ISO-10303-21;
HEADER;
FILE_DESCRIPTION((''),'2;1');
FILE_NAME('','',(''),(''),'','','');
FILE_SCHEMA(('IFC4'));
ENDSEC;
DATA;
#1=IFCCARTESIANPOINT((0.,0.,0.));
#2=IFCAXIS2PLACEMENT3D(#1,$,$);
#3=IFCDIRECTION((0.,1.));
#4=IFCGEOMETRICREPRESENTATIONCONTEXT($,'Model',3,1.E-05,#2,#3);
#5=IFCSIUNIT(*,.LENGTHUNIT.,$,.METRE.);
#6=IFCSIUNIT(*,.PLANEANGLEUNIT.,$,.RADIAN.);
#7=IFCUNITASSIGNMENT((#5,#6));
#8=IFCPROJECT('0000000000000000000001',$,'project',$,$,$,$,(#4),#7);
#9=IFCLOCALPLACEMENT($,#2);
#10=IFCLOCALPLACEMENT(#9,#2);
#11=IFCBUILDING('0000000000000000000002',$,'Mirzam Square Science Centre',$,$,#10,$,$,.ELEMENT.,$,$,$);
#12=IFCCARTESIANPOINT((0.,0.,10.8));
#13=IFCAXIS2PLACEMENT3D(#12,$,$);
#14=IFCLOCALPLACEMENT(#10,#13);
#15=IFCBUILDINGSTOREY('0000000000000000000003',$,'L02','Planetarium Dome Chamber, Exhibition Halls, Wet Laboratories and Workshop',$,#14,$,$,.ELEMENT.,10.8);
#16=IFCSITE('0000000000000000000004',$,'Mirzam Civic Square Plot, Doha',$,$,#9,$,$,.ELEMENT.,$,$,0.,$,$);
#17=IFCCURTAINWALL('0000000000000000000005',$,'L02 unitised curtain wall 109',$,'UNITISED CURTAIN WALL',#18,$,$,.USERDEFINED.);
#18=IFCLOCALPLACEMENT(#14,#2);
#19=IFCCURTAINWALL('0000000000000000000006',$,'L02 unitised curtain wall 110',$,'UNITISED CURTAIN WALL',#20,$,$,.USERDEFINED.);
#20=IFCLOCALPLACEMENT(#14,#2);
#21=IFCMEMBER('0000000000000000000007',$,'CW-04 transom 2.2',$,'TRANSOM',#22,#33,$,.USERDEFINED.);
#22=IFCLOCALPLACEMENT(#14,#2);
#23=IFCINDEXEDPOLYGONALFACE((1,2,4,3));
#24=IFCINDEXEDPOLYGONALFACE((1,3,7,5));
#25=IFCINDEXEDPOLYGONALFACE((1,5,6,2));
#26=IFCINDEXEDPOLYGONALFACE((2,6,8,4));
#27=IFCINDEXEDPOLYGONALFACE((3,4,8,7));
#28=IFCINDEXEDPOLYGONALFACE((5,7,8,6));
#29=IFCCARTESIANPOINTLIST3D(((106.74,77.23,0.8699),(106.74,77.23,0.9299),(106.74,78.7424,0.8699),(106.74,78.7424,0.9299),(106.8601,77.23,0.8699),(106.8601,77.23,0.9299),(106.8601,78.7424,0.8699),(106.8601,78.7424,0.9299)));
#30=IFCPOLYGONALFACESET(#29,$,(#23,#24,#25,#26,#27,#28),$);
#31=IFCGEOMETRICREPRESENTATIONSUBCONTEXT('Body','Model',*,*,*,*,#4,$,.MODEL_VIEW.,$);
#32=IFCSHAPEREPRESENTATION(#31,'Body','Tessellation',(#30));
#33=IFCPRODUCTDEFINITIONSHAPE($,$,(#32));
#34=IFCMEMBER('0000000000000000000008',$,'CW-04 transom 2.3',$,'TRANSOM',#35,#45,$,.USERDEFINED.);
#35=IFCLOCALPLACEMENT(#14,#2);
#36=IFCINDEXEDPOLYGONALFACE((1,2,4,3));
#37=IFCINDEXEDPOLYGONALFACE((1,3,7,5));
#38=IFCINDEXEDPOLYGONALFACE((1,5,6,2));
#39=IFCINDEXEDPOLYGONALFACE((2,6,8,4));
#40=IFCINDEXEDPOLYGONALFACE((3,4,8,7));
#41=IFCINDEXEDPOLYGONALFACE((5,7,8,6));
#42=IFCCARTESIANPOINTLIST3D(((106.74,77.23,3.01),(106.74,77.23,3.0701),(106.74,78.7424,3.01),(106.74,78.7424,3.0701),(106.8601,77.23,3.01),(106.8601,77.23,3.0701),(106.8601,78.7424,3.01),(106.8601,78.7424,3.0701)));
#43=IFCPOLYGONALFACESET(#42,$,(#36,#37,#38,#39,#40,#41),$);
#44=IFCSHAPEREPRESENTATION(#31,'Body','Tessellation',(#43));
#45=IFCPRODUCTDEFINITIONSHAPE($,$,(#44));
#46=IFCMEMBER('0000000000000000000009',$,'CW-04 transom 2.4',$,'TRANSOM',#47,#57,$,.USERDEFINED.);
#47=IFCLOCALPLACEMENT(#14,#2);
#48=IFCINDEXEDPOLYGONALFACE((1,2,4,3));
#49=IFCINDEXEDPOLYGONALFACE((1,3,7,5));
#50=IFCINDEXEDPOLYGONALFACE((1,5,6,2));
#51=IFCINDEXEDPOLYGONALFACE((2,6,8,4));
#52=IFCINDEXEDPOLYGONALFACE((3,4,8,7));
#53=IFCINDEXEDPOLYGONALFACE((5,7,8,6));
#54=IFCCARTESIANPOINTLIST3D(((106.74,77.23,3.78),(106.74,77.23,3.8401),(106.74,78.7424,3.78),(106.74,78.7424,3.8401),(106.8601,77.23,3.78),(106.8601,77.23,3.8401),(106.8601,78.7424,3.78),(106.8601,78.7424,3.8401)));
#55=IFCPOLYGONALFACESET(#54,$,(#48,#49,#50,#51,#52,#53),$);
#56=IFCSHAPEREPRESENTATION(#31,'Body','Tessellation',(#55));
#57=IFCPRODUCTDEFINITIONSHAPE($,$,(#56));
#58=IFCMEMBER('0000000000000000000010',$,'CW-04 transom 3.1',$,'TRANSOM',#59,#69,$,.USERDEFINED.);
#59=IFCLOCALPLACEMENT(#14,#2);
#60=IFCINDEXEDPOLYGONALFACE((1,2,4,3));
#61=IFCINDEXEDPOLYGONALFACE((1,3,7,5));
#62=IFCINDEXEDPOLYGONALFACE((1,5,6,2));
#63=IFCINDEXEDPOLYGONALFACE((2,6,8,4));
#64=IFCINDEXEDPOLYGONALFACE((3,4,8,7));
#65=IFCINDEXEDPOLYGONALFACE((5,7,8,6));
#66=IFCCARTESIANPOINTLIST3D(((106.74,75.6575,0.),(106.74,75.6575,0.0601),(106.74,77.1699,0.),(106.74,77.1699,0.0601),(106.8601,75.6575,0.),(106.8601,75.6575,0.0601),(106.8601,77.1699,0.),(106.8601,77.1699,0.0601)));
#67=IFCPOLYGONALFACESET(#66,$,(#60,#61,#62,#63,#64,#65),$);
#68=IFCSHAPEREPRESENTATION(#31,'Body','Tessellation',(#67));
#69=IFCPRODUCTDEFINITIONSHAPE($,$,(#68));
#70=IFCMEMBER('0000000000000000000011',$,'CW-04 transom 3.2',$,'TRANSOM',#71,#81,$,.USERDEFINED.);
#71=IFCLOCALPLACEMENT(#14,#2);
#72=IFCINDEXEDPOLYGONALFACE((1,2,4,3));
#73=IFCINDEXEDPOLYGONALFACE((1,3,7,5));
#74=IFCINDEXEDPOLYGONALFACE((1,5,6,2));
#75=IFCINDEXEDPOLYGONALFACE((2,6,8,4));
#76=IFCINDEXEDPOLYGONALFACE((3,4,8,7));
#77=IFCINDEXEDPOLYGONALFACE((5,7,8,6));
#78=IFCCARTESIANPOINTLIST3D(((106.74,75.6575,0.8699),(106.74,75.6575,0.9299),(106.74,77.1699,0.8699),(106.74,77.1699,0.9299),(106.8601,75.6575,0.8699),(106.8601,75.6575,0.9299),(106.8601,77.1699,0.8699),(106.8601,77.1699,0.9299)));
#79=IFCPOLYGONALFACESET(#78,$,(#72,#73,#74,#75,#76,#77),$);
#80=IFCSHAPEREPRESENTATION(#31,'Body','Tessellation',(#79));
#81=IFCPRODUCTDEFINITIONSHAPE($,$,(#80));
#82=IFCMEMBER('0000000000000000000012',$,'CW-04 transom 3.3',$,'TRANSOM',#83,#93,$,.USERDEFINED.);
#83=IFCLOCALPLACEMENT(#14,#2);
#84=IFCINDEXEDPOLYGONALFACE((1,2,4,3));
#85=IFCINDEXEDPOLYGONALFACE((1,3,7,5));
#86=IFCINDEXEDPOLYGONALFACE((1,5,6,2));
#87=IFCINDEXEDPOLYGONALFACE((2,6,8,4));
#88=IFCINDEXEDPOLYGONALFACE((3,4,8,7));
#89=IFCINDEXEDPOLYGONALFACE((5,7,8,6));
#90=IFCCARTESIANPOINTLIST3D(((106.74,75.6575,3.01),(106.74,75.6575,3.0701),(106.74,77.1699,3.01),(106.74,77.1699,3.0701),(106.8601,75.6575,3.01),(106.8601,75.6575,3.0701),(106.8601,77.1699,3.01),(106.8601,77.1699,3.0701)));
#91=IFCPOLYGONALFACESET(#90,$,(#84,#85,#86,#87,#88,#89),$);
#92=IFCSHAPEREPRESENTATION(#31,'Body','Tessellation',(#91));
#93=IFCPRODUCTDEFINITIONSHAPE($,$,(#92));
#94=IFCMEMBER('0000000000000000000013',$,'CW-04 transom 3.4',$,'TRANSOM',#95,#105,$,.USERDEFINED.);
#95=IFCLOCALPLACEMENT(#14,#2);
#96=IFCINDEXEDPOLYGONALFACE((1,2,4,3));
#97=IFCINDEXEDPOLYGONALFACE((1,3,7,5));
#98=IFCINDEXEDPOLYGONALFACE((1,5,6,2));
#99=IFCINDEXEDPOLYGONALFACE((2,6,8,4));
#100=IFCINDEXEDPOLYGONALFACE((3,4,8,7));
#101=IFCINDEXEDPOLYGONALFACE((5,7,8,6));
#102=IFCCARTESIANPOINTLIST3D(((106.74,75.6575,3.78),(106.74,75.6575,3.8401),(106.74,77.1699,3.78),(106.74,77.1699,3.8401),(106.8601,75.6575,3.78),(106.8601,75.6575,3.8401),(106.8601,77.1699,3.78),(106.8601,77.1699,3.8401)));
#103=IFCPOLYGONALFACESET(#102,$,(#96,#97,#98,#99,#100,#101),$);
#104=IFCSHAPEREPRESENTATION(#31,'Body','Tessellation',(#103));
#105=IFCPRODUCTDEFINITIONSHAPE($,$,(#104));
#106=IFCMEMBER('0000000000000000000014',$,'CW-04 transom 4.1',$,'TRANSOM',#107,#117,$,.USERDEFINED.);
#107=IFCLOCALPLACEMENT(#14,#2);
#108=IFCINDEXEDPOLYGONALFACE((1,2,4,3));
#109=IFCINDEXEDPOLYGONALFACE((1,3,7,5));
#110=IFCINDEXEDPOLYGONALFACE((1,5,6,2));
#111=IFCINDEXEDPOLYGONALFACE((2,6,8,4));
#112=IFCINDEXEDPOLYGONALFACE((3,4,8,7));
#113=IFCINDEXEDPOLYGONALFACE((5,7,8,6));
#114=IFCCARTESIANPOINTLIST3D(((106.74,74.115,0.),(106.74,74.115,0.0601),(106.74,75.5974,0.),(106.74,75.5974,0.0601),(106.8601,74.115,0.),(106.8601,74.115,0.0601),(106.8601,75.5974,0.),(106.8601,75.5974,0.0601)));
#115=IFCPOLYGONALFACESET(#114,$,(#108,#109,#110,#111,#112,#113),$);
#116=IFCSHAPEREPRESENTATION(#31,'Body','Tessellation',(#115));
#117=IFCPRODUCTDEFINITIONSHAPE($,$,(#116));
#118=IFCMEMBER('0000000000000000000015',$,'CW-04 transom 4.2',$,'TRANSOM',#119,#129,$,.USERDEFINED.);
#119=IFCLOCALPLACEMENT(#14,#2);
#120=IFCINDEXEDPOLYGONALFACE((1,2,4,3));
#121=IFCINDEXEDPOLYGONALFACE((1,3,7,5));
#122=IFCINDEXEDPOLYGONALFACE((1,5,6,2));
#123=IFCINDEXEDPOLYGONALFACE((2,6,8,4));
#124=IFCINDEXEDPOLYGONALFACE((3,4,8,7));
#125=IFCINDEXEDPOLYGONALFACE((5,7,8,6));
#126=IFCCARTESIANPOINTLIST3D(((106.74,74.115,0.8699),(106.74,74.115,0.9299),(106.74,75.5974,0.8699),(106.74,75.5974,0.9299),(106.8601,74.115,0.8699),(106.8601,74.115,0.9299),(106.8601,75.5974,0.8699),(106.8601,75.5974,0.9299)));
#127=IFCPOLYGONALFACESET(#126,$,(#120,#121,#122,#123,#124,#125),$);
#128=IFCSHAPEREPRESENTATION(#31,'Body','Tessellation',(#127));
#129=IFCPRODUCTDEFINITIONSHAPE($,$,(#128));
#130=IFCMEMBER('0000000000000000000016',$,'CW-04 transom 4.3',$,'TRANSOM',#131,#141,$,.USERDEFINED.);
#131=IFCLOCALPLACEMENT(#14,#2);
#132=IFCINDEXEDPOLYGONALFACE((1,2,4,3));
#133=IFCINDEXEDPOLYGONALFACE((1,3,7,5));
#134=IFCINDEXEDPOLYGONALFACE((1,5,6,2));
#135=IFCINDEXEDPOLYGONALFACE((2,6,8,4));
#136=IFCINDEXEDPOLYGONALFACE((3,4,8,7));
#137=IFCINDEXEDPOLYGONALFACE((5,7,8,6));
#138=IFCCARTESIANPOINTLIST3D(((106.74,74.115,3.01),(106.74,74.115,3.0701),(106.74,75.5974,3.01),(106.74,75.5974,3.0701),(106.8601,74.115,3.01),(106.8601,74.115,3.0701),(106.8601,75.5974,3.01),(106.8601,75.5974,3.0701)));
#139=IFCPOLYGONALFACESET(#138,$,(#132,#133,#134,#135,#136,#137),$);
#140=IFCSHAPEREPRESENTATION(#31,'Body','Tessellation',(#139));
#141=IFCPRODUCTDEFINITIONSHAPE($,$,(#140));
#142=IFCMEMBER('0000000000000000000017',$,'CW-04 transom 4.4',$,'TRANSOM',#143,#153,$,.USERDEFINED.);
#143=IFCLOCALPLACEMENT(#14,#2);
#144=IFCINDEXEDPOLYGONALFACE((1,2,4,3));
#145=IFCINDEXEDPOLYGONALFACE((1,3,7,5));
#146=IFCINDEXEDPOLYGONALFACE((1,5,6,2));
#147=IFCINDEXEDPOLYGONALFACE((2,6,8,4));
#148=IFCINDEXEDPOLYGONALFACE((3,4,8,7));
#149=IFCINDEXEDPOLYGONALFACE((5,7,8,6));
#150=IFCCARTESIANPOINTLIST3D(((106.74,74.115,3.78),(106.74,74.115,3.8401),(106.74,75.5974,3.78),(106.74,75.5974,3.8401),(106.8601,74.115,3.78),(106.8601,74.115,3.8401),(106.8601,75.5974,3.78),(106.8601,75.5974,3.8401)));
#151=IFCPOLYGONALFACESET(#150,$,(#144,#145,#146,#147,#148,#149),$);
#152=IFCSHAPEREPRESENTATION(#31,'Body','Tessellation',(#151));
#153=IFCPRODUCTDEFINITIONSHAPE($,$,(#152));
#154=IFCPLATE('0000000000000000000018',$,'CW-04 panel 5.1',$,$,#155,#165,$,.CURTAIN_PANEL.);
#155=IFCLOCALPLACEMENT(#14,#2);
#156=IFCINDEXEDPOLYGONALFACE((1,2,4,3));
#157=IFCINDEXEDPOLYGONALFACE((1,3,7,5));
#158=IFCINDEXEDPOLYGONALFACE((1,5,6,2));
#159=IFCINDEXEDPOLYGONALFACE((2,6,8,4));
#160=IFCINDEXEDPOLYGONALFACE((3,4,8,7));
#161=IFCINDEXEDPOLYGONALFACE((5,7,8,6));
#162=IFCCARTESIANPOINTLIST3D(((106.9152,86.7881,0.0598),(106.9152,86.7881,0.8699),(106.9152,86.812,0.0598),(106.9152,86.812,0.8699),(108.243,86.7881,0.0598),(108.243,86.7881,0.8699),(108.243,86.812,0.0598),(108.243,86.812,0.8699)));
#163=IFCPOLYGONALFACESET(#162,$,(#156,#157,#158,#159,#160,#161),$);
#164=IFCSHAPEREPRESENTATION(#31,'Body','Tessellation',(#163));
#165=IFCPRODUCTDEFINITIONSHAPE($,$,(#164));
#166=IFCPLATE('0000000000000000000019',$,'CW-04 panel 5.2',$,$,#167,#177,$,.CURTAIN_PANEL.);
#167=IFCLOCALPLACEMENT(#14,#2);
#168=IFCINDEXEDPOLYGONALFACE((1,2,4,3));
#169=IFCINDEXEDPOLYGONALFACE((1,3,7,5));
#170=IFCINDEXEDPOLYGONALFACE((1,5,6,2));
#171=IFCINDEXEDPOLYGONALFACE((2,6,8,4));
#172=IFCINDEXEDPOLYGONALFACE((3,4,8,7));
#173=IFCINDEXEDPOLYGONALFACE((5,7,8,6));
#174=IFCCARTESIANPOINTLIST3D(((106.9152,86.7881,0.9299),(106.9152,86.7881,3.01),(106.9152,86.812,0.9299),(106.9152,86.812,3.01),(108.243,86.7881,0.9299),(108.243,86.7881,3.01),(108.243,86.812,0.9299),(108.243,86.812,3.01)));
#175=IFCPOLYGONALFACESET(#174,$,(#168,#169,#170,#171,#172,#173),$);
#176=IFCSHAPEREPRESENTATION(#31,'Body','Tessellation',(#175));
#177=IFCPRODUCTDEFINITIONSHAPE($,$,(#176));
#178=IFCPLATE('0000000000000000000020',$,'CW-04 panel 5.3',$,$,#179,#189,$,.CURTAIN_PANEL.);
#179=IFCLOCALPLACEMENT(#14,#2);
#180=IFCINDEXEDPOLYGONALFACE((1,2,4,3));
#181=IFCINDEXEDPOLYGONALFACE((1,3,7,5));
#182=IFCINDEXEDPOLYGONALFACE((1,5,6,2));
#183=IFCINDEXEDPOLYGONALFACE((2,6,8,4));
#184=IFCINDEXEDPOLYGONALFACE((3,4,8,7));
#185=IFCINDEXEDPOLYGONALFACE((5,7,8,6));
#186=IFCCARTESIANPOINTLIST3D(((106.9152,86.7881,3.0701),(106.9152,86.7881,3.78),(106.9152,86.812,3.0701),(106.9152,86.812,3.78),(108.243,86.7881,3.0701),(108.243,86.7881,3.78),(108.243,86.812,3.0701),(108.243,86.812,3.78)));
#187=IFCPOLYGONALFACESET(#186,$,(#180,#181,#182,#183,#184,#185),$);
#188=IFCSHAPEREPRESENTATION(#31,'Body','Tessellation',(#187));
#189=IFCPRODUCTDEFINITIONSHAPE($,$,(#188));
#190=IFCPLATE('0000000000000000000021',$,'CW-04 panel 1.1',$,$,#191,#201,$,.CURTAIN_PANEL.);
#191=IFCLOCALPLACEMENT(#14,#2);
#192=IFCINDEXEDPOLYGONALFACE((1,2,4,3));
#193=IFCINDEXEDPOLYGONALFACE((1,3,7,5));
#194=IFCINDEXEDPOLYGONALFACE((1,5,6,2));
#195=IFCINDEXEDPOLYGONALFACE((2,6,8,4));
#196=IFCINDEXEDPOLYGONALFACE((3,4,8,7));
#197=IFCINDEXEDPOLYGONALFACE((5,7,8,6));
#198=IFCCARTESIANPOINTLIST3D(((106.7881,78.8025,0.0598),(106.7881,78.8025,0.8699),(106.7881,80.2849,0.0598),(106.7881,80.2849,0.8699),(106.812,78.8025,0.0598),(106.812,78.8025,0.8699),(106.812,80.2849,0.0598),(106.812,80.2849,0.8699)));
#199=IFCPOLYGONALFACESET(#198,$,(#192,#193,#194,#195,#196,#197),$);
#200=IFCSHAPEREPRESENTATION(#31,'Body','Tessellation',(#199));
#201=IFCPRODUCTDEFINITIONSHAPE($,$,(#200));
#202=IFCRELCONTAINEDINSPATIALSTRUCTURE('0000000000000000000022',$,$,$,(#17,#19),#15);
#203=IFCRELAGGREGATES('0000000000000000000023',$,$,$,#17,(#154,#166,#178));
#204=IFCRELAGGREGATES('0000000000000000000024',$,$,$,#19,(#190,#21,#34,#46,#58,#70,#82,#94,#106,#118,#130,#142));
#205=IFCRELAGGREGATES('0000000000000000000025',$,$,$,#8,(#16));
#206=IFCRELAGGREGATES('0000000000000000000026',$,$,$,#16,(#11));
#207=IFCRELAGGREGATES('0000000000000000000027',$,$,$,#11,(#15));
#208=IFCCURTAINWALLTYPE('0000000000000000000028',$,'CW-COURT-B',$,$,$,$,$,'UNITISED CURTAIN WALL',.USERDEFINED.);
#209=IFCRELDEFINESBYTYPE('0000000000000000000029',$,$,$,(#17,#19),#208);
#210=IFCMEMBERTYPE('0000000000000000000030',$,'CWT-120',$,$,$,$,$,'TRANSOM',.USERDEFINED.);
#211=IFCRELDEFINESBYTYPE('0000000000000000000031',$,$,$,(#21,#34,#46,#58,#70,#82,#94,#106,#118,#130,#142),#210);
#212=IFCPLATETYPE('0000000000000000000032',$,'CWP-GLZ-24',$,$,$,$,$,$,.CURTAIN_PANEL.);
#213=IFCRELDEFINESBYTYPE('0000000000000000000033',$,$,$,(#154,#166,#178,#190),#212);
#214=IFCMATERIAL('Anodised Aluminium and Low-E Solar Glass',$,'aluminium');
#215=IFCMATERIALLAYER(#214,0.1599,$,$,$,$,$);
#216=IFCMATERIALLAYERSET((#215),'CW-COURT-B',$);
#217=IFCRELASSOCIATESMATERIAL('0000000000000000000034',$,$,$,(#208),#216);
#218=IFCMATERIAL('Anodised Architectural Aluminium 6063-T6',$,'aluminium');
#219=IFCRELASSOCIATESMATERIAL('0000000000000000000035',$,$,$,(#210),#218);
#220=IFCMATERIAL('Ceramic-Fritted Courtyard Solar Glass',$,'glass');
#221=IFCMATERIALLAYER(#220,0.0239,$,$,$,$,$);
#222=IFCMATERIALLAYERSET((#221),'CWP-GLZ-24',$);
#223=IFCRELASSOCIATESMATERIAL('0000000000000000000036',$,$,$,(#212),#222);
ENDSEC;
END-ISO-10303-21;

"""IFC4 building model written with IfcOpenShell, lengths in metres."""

from ifc_helpers import new_model, si_unit, direction, frame, origin, origin_2d, place, context, subcontext, project, spatial, rectangle, extrude, material, layer, layer_set, material_profile, profile_set, type_object, element, aggregate, save


model = new_model("IFC4")

# Units and contexts
model_context = context("Model", 3, precision=1e-05, world=origin(), true_north=direction((0.0, 1.0)))
body_context = subcontext(model_context, "Body", "Model", "MODEL_VIEW")
ifc_project = project(units=[si_unit("LENGTHUNIT", "METRE"), si_unit("PLANEANGLEUNIT", "RADIAN")], contexts=[model_context])

# Site, building, storey
site_placement = place(None, origin())
site = spatial("IfcSite", under=ifc_project, at=site_placement, Name="Mirzam Civic Square Plot, Doha", CompositionType="ELEMENT", RefElevation=0.0)
building_placement = place(site_placement, origin())
building = spatial("IfcBuilding", under=site, at=building_placement, Name="Mirzam Square Science Centre", CompositionType="ELEMENT")
storey_placement = place(building_placement, frame((0.0, 0.0, 10.8)))
storey = spatial("IfcBuildingStorey", under=building, at=storey_placement, Name="L02", Description="Planetarium Dome Chamber, Exhibition Halls, Wet Laboratories and Workshop", CompositionType="ELEMENT", Elevation=10.8)

# Curtain wall
ifc_material_1 = material(Name="Anodised Aluminium and Low-E Solar Glass", Category="aluminium")
ifc_layer_1 = layer(ifc_material_1, 0.1599)
ifc_layer_set_1 = layer_set([ifc_layer_1], Name="CW-COURT-B")
curtain_wall_type = type_object("IfcCurtainWallType", Name="CW-COURT-B", ElementType="UNITISED CURTAIN WALL", PredefinedType="USERDEFINED", material=ifc_layer_set_1)
curtain_wall_1_placement = place(storey_placement, origin())
curtain_wall_1 = element("IfcCurtainWall", 1, at=curtain_wall_1_placement, inside=storey, type_object=curtain_wall_type, Name="L02 unitised curtain wall 109", ObjectType="UNITISED CURTAIN WALL", PredefinedType="USERDEFINED")
ifc_material_2 = material(Name="Anodised Architectural Aluminium 6063-T6", Category="aluminium")

# Curtain wall, members
curtain_wall_2_placement = place(storey_placement, origin())
curtain_wall_2 = element("IfcCurtainWall", 2, at=curtain_wall_2_placement, inside=storey, type_object=curtain_wall_type, Name="L02 unitised curtain wall 110", ObjectType="UNITISED CURTAIN WALL", PredefinedType="USERDEFINED")
ifc_material_profile_1 = material_profile(ifc_material_2, rectangle(XDim=0.1201, YDim=0.0601, at=origin_2d()), Name="ALU-TRAN-120x60x4")
ifc_profile_set_1 = profile_set([ifc_material_profile_1], Name="Anodised Architectural Aluminium 6063-T6")
member_type_1 = type_object("IfcMemberType", Name="CWT-120", ElementType="TRANSOM", PredefinedType="USERDEFINED", material=ifc_profile_set_1)
member_1_placement = place(storey_placement, frame((106.8, 78.7424, 0.8999), z_axis=(0.0, -1.0, 0.0), x_axis=(1.0, 0.0, 0.0)))
member_1 = element("IfcMember", 3, at=member_1_placement, type_object=member_type_1, Name="CW-04 transom 2.2", ObjectType="TRANSOM", PredefinedType="USERDEFINED", context=body_context, shape_type="SweptSolid", body=[
    extrude(rectangle(XDim=0.1201, YDim=0.0601, at=origin_2d()), origin(), (0.0, 0.0, 1.0), 1.5125),
])
member_2_placement = place(storey_placement, frame((106.8, 78.7424, 3.04), z_axis=(0.0, -1.0, 0.0), x_axis=(1.0, 0.0, 0.0)))
member_2 = element("IfcMember", 4, at=member_2_placement, type_object=member_type_1, Name="CW-04 transom 2.3", ObjectType="TRANSOM", PredefinedType="USERDEFINED", context=body_context, shape_type="SweptSolid", body=[
    extrude(rectangle(XDim=0.1201, YDim=0.0601, at=origin_2d()), origin(), (0.0, 0.0, 1.0), 1.5125),
])
member_3_placement = place(storey_placement, frame((106.8, 78.7424, 3.8101), z_axis=(0.0, -1.0, 0.0), x_axis=(1.0, 0.0, 0.0)))
member_3 = element("IfcMember", 5, at=member_3_placement, type_object=member_type_1, Name="CW-04 transom 2.4", ObjectType="TRANSOM", PredefinedType="USERDEFINED", context=body_context, shape_type="SweptSolid", body=[
    extrude(rectangle(XDim=0.1201, YDim=0.0601, at=origin_2d()), origin(), (0.0, 0.0, 1.0), 1.5125),
])
member_4_placement = place(storey_placement, frame((106.8, 77.1699, 0.03), z_axis=(0.0, -1.0, 0.0), x_axis=(1.0, 0.0, 0.0)))
member_4 = element("IfcMember", 6, at=member_4_placement, type_object=member_type_1, Name="CW-04 transom 3.1", ObjectType="TRANSOM", PredefinedType="USERDEFINED", context=body_context, shape_type="SweptSolid", body=[
    extrude(rectangle(XDim=0.1201, YDim=0.0601, at=origin_2d()), origin(), (0.0, 0.0, 1.0), 1.5125),
])
member_5_placement = place(storey_placement, frame((106.8, 77.1699, 0.8999), z_axis=(0.0, -1.0, 0.0), x_axis=(1.0, 0.0, 0.0)))
member_5 = element("IfcMember", 7, at=member_5_placement, type_object=member_type_1, Name="CW-04 transom 3.2", ObjectType="TRANSOM", PredefinedType="USERDEFINED", context=body_context, shape_type="SweptSolid", body=[
    extrude(rectangle(XDim=0.1201, YDim=0.0601, at=origin_2d()), origin(), (0.0, 0.0, 1.0), 1.5125),
])
member_6_placement = place(storey_placement, frame((106.8, 77.1699, 3.04), z_axis=(0.0, -1.0, 0.0), x_axis=(1.0, 0.0, 0.0)))
member_6 = element("IfcMember", 8, at=member_6_placement, type_object=member_type_1, Name="CW-04 transom 3.3", ObjectType="TRANSOM", PredefinedType="USERDEFINED", context=body_context, shape_type="SweptSolid", body=[
    extrude(rectangle(XDim=0.1201, YDim=0.0601, at=origin_2d()), origin(), (0.0, 0.0, 1.0), 1.5125),
])
member_7_placement = place(storey_placement, frame((106.8, 77.1699, 3.8101), z_axis=(0.0, -1.0, 0.0), x_axis=(1.0, 0.0, 0.0)))
member_7 = element("IfcMember", 9, at=member_7_placement, type_object=member_type_1, Name="CW-04 transom 3.4", ObjectType="TRANSOM", PredefinedType="USERDEFINED", context=body_context, shape_type="SweptSolid", body=[
    extrude(rectangle(XDim=0.1201, YDim=0.0601, at=origin_2d()), origin(), (0.0, 0.0, 1.0), 1.5125),
])
member_8_placement = place(storey_placement, frame((106.8, 75.5974, 0.03), z_axis=(0.0, -1.0, 0.0), x_axis=(1.0, 0.0, 0.0)))
member_8 = element("IfcMember", 10, at=member_8_placement, type_object=member_type_1, Name="CW-04 transom 4.1", ObjectType="TRANSOM", PredefinedType="USERDEFINED", context=body_context, shape_type="SweptSolid", body=[
    extrude(rectangle(XDim=0.1201, YDim=0.0601, at=origin_2d()), origin(), (0.0, 0.0, 1.0), 1.4824),
])
member_9_placement = place(storey_placement, frame((106.8, 75.5974, 0.8999), z_axis=(0.0, -1.0, 0.0), x_axis=(1.0, 0.0, 0.0)))
member_9 = element("IfcMember", 11, at=member_9_placement, type_object=member_type_1, Name="CW-04 transom 4.2", ObjectType="TRANSOM", PredefinedType="USERDEFINED", context=body_context, shape_type="SweptSolid", body=[
    extrude(rectangle(XDim=0.1201, YDim=0.0601, at=origin_2d()), origin(), (0.0, 0.0, 1.0), 1.4824),
])
member_10_placement = place(storey_placement, frame((106.8, 75.5974, 3.04), z_axis=(0.0, -1.0, 0.0), x_axis=(1.0, 0.0, 0.0)))
member_10 = element("IfcMember", 12, at=member_10_placement, type_object=member_type_1, Name="CW-04 transom 4.3", ObjectType="TRANSOM", PredefinedType="USERDEFINED", context=body_context, shape_type="SweptSolid", body=[
    extrude(rectangle(XDim=0.1201, YDim=0.0601, at=origin_2d()), origin(), (0.0, 0.0, 1.0), 1.4824),
])
member_11_placement = place(storey_placement, frame((106.8, 75.5974, 3.8101), z_axis=(0.0, -1.0, 0.0), x_axis=(1.0, 0.0, 0.0)))
member_11 = element("IfcMember", 13, at=member_11_placement, type_object=member_type_1, Name="CW-04 transom 4.4", ObjectType="TRANSOM", PredefinedType="USERDEFINED", context=body_context, shape_type="SweptSolid", body=[
    extrude(rectangle(XDim=0.1201, YDim=0.0601, at=origin_2d()), origin(), (0.0, 0.0, 1.0), 1.4824),
])

# Plates
ifc_material_3 = material(Name="Ceramic-Fritted Courtyard Solar Glass", Category="glass")
ifc_layer_2 = layer(ifc_material_3, 0.0239)
ifc_layer_set_2 = layer_set([ifc_layer_2], Name="CWP-GLZ-24")
plate_type = type_object("IfcPlateType", Name="CWP-GLZ-24", PredefinedType="CURTAIN_PANEL", material=ifc_layer_set_2)
plate_1_placement = place(storey_placement, frame((107.5791, 86.8, 0.0598), z_axis=(0.0, 0.0, 1.0), x_axis=(-1.0, 0.0, 0.0)))
plate_1 = element("IfcPlate", 14, at=plate_1_placement, type_object=plate_type, Name="CW-04 panel 5.1", PredefinedType="CURTAIN_PANEL", context=body_context, shape_type="SweptSolid", body=[
    extrude(rectangle(XDim=1.3279, YDim=0.0239, at=origin_2d()), origin(), (0.0, 0.0, 1.0), 0.8101),
])
plate_2_placement = place(storey_placement, frame((107.5791, 86.8, 0.9299), z_axis=(0.0, 0.0, 1.0), x_axis=(-1.0, 0.0, 0.0)))
plate_2 = element("IfcPlate", 15, at=plate_2_placement, type_object=plate_type, Name="CW-04 panel 5.2", PredefinedType="CURTAIN_PANEL", context=body_context, shape_type="SweptSolid", body=[
    extrude(rectangle(XDim=1.3279, YDim=0.0239, at=origin_2d()), origin(), (0.0, 0.0, 1.0), 2.0801),
])
plate_3_placement = place(storey_placement, frame((107.5791, 86.8, 3.0701), z_axis=(0.0, 0.0, 1.0), x_axis=(-1.0, 0.0, 0.0)))
plate_3 = element("IfcPlate", 16, at=plate_3_placement, type_object=plate_type, Name="CW-04 panel 5.3", PredefinedType="CURTAIN_PANEL", context=body_context, shape_type="SweptSolid", body=[
    extrude(rectangle(XDim=1.3279, YDim=0.0239, at=origin_2d()), origin(), (0.0, 0.0, 1.0), 0.71),
])
aggregate(curtain_wall_1, [plate_1, plate_2, plate_3])
plate_4_placement = place(storey_placement, frame((106.8, 79.5437, 0.0598), z_axis=(0.0, 0.0, 1.0), x_axis=(0.0, -1.0, 0.0)))
plate_4 = element("IfcPlate", 17, at=plate_4_placement, type_object=plate_type, Name="CW-04 panel 1.1", PredefinedType="CURTAIN_PANEL", context=body_context, shape_type="SweptSolid", body=[
    extrude(rectangle(XDim=1.4824, YDim=0.0239, at=origin_2d()), origin(), (0.0, 0.0, 1.0), 0.8101),
])
aggregate(curtain_wall_2, [plate_4, member_1, member_2, member_3, member_4, member_5, member_6, member_7, member_8, member_9, member_10, member_11])

save(model, "model.ifc")
